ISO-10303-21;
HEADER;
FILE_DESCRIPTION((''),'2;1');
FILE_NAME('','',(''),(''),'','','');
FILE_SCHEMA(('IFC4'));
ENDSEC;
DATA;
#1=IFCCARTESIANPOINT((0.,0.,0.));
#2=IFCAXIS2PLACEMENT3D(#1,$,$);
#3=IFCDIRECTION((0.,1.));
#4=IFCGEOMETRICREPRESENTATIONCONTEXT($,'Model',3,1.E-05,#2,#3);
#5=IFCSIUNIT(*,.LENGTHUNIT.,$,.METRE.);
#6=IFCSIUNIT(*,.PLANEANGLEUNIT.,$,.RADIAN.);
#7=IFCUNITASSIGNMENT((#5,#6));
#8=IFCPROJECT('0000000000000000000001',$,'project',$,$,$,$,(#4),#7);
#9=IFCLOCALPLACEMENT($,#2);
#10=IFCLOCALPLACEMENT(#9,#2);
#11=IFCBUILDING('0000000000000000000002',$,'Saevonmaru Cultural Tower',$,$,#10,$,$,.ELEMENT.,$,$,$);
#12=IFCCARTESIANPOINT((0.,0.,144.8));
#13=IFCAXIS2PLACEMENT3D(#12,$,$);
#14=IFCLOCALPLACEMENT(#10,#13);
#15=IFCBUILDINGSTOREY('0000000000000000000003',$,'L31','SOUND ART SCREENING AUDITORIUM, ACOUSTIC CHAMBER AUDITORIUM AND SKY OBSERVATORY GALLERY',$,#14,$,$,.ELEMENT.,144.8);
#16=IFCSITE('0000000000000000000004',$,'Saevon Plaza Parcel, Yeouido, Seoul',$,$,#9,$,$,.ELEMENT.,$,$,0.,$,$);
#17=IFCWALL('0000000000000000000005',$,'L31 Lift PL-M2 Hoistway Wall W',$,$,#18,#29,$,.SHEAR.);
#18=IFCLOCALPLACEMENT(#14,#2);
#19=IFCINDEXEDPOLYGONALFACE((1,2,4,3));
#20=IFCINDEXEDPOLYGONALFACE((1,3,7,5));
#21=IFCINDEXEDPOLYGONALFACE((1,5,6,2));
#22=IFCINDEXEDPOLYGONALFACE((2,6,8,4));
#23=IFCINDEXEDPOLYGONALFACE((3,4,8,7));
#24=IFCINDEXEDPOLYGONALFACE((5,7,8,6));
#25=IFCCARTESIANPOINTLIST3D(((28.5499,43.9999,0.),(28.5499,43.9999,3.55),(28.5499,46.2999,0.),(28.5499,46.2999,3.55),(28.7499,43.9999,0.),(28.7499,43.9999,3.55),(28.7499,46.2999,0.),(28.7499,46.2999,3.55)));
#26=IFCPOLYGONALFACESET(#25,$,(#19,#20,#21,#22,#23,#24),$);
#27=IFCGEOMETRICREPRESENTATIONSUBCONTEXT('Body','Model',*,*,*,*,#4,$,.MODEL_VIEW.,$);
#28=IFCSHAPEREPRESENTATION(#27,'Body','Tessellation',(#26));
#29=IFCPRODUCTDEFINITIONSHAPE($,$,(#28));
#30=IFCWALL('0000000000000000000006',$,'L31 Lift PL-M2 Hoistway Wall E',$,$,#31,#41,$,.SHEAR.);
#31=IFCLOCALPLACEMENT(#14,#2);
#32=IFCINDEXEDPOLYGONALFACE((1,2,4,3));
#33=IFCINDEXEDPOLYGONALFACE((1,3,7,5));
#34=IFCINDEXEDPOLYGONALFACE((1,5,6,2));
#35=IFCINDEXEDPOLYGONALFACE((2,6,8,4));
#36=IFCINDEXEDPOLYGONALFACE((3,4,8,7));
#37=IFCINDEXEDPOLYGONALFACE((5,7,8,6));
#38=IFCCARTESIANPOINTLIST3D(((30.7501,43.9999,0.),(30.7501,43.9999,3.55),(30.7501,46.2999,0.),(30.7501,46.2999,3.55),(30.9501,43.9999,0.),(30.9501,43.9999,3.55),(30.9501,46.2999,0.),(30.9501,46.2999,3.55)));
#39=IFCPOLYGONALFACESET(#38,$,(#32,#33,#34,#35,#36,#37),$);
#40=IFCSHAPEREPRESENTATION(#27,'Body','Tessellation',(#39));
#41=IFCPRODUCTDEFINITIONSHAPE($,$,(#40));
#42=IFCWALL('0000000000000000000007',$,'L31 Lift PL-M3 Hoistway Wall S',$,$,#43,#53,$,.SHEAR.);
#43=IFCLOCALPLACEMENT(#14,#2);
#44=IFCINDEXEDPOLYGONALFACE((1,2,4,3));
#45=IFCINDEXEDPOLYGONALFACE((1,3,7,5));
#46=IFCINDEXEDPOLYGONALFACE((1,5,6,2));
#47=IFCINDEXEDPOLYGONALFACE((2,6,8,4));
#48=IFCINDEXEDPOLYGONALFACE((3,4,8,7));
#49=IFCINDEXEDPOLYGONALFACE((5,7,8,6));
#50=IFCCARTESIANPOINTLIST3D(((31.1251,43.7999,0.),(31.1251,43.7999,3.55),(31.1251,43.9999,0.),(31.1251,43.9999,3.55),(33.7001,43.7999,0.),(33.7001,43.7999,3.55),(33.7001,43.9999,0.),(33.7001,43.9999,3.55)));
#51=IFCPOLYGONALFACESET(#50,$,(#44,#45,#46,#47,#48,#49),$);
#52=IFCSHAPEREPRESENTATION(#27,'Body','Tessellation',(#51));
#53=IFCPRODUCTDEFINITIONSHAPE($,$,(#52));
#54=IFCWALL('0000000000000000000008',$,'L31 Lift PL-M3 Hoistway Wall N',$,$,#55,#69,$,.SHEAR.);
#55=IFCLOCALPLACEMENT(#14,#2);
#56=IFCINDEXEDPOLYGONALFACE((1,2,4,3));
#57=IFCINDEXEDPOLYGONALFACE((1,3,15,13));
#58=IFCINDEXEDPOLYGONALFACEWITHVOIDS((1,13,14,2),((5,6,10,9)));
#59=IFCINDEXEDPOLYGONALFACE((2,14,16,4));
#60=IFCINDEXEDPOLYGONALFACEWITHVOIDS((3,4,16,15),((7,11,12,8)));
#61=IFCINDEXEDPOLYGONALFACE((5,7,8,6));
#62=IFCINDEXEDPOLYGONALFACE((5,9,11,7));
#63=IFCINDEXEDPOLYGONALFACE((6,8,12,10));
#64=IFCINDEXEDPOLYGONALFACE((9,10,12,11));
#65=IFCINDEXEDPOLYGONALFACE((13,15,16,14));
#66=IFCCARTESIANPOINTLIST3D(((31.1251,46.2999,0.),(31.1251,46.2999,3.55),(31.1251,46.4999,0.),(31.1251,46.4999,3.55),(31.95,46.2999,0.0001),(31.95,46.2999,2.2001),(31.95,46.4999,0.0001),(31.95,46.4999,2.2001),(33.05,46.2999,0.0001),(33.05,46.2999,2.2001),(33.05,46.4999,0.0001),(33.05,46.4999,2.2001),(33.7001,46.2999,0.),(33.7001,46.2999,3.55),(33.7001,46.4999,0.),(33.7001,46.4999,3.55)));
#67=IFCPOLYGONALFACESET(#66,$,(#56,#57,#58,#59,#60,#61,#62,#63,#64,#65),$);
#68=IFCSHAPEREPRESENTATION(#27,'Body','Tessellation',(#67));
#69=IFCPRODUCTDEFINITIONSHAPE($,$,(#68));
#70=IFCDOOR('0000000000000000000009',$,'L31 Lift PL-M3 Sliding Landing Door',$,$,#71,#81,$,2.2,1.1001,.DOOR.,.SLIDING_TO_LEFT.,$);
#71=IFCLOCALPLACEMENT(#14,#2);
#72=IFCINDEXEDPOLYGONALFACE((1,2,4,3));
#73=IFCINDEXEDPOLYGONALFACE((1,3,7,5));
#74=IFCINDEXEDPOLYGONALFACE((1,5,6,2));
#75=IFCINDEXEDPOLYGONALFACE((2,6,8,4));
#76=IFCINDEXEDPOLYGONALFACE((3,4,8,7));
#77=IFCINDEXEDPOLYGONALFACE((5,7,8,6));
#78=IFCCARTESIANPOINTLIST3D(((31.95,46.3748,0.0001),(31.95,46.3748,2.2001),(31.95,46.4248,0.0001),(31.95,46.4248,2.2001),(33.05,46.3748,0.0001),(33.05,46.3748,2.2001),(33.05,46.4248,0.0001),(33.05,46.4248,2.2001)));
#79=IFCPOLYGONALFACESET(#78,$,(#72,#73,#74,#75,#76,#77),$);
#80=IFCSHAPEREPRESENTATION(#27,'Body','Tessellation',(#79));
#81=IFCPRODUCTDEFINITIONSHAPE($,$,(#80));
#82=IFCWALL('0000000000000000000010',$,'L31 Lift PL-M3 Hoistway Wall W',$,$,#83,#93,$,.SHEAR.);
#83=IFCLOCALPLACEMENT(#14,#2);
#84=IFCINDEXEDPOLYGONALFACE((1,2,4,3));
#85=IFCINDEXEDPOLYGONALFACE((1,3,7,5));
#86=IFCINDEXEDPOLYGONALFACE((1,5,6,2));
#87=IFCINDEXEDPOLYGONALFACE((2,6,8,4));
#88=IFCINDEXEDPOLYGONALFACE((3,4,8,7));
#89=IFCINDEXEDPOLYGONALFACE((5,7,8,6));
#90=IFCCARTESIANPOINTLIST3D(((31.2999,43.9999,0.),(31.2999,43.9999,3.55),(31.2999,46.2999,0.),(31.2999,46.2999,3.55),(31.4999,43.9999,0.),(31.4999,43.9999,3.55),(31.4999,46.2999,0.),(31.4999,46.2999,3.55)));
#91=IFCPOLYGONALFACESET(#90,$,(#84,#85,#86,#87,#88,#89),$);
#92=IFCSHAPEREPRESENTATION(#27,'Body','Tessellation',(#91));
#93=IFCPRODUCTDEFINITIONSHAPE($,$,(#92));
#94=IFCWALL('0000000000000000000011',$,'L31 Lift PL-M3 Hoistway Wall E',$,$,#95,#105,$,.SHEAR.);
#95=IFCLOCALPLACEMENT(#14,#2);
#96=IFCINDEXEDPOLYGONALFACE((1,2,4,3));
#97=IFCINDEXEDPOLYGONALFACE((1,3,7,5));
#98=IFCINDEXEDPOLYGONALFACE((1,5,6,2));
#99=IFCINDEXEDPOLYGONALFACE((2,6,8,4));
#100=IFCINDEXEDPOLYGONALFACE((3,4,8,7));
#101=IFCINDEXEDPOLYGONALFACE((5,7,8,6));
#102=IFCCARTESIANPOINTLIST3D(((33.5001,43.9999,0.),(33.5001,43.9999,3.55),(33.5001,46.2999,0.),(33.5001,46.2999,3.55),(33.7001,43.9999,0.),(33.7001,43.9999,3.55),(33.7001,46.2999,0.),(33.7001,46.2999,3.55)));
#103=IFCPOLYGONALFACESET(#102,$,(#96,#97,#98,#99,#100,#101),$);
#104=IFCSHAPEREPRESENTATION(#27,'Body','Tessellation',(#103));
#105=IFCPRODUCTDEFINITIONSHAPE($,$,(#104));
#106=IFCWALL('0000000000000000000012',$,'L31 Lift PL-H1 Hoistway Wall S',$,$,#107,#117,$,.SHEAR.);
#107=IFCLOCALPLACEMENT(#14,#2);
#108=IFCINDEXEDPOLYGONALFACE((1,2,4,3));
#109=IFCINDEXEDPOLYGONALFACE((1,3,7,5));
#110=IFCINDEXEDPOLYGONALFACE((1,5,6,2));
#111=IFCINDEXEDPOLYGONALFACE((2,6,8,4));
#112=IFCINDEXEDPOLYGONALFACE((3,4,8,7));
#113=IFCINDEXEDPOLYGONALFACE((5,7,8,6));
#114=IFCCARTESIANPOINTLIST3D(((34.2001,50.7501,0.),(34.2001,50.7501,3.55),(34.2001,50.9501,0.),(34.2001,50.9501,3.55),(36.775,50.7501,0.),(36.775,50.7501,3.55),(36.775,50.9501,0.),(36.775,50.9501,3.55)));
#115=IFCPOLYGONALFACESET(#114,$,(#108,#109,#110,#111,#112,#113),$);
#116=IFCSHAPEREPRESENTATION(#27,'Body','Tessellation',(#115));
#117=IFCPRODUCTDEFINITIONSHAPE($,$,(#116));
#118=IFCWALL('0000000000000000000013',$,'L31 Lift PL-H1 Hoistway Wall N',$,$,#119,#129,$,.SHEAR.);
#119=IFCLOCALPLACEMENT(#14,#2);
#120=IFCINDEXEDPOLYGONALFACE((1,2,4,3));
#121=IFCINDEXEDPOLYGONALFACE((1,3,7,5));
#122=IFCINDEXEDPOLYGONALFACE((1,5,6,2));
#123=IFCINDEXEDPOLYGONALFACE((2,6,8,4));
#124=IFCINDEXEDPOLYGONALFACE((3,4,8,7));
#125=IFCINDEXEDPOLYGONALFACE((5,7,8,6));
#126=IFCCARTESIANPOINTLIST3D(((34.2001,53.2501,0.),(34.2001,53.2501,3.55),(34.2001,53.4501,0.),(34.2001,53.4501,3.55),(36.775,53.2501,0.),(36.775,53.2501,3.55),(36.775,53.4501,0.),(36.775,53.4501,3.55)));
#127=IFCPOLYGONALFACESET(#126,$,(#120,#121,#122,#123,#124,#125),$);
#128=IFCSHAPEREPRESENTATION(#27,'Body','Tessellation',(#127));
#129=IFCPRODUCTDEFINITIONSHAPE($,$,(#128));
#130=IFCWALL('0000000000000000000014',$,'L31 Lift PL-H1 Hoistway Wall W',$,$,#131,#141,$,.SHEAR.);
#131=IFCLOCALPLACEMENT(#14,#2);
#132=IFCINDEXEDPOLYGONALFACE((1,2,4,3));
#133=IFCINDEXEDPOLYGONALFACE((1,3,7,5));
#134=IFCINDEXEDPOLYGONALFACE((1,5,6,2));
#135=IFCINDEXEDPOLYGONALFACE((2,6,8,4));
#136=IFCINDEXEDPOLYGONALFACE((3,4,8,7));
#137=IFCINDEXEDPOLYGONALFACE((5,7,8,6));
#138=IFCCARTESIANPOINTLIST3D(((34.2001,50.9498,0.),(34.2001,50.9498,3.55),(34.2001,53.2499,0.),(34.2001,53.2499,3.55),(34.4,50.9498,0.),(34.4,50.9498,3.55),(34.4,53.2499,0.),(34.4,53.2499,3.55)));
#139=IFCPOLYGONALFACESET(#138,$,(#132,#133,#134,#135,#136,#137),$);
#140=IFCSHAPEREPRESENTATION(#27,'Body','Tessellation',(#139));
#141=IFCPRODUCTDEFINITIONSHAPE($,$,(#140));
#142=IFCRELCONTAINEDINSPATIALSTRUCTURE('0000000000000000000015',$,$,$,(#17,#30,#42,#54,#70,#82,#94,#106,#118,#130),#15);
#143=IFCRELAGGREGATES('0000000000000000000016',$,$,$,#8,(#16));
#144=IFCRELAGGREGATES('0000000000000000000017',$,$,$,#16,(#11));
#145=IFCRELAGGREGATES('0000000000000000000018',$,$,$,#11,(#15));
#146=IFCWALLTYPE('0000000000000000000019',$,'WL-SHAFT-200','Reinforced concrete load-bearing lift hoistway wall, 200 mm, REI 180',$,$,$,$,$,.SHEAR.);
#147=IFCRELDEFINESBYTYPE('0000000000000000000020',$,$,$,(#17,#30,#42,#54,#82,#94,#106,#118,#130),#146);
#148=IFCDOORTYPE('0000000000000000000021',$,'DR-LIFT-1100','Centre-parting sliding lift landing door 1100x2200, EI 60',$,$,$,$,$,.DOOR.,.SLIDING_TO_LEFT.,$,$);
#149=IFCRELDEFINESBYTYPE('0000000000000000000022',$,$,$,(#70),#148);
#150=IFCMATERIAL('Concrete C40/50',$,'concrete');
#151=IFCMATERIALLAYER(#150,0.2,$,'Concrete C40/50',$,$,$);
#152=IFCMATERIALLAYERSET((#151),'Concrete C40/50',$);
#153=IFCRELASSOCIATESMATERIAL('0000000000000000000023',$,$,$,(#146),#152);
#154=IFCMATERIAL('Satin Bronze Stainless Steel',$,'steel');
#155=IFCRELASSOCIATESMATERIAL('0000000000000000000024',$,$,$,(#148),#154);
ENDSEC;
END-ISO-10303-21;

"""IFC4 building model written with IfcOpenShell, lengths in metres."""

from ifc_helpers import new_model, si_unit, direction, frame, frame_2d, origin, place, context, subcontext, project, spatial, rectangle, extrude, material, layer, layer_set, type_object, element, fill, save


model = new_model("IFC4")

# Units and contexts
model_context = context("Model", 3, precision=1e-05, world=origin(), true_north=direction((0.0, 1.0)))
body_context = subcontext(model_context, "Body", "Model", "MODEL_VIEW")
ifc_project = project(units=[si_unit("LENGTHUNIT", "METRE"), si_unit("PLANEANGLEUNIT", "RADIAN")], contexts=[model_context])

# Site, building, storey
site_placement = place(None, origin())
site = spatial("IfcSite", under=ifc_project, at=site_placement, Name="Saevon Plaza Parcel, Yeouido, Seoul", CompositionType="ELEMENT", RefElevation=0.0)
building_placement = place(site_placement, origin())
building = spatial("IfcBuilding", under=site, at=building_placement, Name="Saevonmaru Cultural Tower", CompositionType="ELEMENT")
storey_placement = place(building_placement, frame((0.0, 0.0, 144.8)))
storey = spatial("IfcBuildingStorey", under=building, at=storey_placement, Name="L31", Description="SOUND ART SCREENING AUDITORIUM, ACOUSTIC CHAMBER AUDITORIUM AND SKY OBSERVATORY GALLERY", CompositionType="ELEMENT", Elevation=144.8)

# Shared definitions
ifc_material_1 = material(Name="Concrete C40/50", Category="concrete")
ifc_layer_1 = layer(ifc_material_1, 0.2, Name="Concrete C40/50")
ifc_layer_set_1 = layer_set([ifc_layer_1], Name="Concrete C40/50")
wall_type_1 = type_object("IfcWallType", Name="WL-SHAFT-200", Description="Reinforced concrete load-bearing lift hoistway wall, 200 mm, REI 180", PredefinedType="SHEAR", material=ifc_layer_set_1)

# Shared definitions
ifc_material_2 = material(Name="Satin Bronze Stainless Steel", Category="steel")
door_type_1 = type_object("IfcDoorType", Name="DR-LIFT-1100", Description="Centre-parting sliding lift landing door 1100x2200, EI 60", OperationType="SLIDING_TO_LEFT", PredefinedType="DOOR", material=ifc_material_2)

# Walls
for number, where, z_axis, x_axis, name in (
    (1, (28.6499, 44.0, 0.0), (0.0, 0.0, 1.0), (0.0, 1.0, 0.0), "L31 Lift PL-M2 Hoistway Wall W"),
    (2, (30.8501, 44.0, 0.0), (0.0, 0.0, 1.0), (0.0, 1.0, 0.0), "L31 Lift PL-M2 Hoistway Wall E"),
):
    element("IfcWall", number, at=place(storey_placement, frame(where, z_axis=z_axis, x_axis=x_axis)), inside=storey, type_object=wall_type_1, Name=name, PredefinedType="SHEAR", context=body_context, shape_type="SweptSolid", body=[
        extrude(rectangle(XDim=2.3, YDim=0.2, at=frame_2d((1.1499, 0.0))), origin(), (0.0, 0.0, 1.0), 3.55),
    ])
wall_1_placement = place(storey_placement, frame((31.125, 43.8999, 0.0), z_axis=(0.0, 0.0, 1.0), x_axis=(1.0, 0.0, 0.0)))
element("IfcWall", 3, at=wall_1_placement, inside=storey, type_object=wall_type_1, Name="L31 Lift PL-M3 Hoistway Wall S", PredefinedType="SHEAR", context=body_context, shape_type="SweptSolid", body=[
    extrude(rectangle(XDim=2.575, YDim=0.2, at=frame_2d((1.2876, 0.0))), origin(), (0.0, 0.0, 1.0), 3.55),
])

# Wall, opening, door
wall_2_placement = place(storey_placement, frame((31.125, 46.3999, 0.0), z_axis=(0.0, 0.0, 1.0), x_axis=(1.0, 0.0, 0.0)))
wall_2 = element("IfcWall", 4, at=wall_2_placement, inside=storey, type_object=wall_type_1, Name="L31 Lift PL-M3 Hoistway Wall N", PredefinedType="SHEAR", context=body_context, shape_type="SweptSolid", body=[
    extrude(rectangle(XDim=2.575, YDim=0.2, at=frame_2d((1.2876, 0.0))), origin(), (0.0, 0.0, 1.0), 3.55),
])
opening_1_placement = place(wall_2_placement, frame((0.825, 0.0, 0.0)))
opening_1 = element("IfcOpeningElement", 5, at=opening_1_placement, cuts=wall_2, PredefinedType="OPENING", context=body_context, shape_type="SweptSolid", body=[
    extrude(rectangle(XDim=1.1001, YDim=2.2, at=frame_2d((0.55, 1.1001))), frame((0.0, 0.1099, 0.0), z_axis=(0.0, -1.0, 0.0), x_axis=(1.0, 0.0, 0.0)), (0.0, 0.0, 1.0), 0.22),
])
door_1_placement = place(opening_1_placement, origin())
door_1 = element("IfcDoor", 6, at=door_1_placement, inside=storey, type_object=door_type_1, Name="L31 Lift PL-M3 Sliding Landing Door", OperationType="SLIDING_TO_LEFT", OverallHeight=2.2, OverallWidth=1.1001, PredefinedType="DOOR", context=body_context, shape_type="SweptSolid", body=[
    extrude(rectangle(XDim=1.1001, YDim=2.2, at=frame_2d((0.55, 1.1001))), frame((0.0, 0.0249, 0.0), z_axis=(0.0, -1.0, 0.0), x_axis=(1.0, 0.0, 0.0)), (0.0, 0.0, 1.0), 0.05),
])
fill(opening_1, door_1)

# Walls
for number, where, z_axis, x_axis, name in (
    (7, (31.3999, 44.0, 0.0), (0.0, 0.0, 1.0), (0.0, 1.0, 0.0), "L31 Lift PL-M3 Hoistway Wall W"),
    (8, (33.6001, 44.0, 0.0), (0.0, 0.0, 1.0), (0.0, 1.0, 0.0), "L31 Lift PL-M3 Hoistway Wall E"),
):
    element("IfcWall", number, at=place(storey_placement, frame(where, z_axis=z_axis, x_axis=x_axis)), inside=storey, type_object=wall_type_1, Name=name, PredefinedType="SHEAR", context=body_context, shape_type="SweptSolid", body=[
        extrude(rectangle(XDim=2.3, YDim=0.2, at=frame_2d((1.1499, 0.0))), origin(), (0.0, 0.0, 1.0), 3.55),
    ])
for number, where, z_axis, x_axis, name in (
    (9, (34.2, 50.8501, 0.0), (0.0, 0.0, 1.0), (1.0, 0.0, 0.0), "L31 Lift PL-H1 Hoistway Wall S"),
    (10, (34.2, 53.3501, 0.0), (0.0, 0.0, 1.0), (1.0, 0.0, 0.0), "L31 Lift PL-H1 Hoistway Wall N"),
):
    element("IfcWall", number, at=place(storey_placement, frame(where, z_axis=z_axis, x_axis=x_axis)), inside=storey, type_object=wall_type_1, Name=name, PredefinedType="SHEAR", context=body_context, shape_type="SweptSolid", body=[
        extrude(rectangle(XDim=2.575, YDim=0.2, at=frame_2d((1.2876, 0.0))), origin(), (0.0, 0.0, 1.0), 3.55),
    ])
wall_3_placement = place(storey_placement, frame((34.3, 50.95, 0.0), z_axis=(0.0, 0.0, 1.0), x_axis=(0.0, 1.0, 0.0)))
element("IfcWall", 11, at=wall_3_placement, inside=storey, type_object=wall_type_1, Name="L31 Lift PL-H1 Hoistway Wall W", PredefinedType="SHEAR", context=body_context, shape_type="SweptSolid", body=[
    extrude(rectangle(XDim=2.3, YDim=0.2, at=frame_2d((1.1499, 0.0))), origin(), (0.0, 0.0, 1.0), 3.55),
])

save(model, "model.ifc")
